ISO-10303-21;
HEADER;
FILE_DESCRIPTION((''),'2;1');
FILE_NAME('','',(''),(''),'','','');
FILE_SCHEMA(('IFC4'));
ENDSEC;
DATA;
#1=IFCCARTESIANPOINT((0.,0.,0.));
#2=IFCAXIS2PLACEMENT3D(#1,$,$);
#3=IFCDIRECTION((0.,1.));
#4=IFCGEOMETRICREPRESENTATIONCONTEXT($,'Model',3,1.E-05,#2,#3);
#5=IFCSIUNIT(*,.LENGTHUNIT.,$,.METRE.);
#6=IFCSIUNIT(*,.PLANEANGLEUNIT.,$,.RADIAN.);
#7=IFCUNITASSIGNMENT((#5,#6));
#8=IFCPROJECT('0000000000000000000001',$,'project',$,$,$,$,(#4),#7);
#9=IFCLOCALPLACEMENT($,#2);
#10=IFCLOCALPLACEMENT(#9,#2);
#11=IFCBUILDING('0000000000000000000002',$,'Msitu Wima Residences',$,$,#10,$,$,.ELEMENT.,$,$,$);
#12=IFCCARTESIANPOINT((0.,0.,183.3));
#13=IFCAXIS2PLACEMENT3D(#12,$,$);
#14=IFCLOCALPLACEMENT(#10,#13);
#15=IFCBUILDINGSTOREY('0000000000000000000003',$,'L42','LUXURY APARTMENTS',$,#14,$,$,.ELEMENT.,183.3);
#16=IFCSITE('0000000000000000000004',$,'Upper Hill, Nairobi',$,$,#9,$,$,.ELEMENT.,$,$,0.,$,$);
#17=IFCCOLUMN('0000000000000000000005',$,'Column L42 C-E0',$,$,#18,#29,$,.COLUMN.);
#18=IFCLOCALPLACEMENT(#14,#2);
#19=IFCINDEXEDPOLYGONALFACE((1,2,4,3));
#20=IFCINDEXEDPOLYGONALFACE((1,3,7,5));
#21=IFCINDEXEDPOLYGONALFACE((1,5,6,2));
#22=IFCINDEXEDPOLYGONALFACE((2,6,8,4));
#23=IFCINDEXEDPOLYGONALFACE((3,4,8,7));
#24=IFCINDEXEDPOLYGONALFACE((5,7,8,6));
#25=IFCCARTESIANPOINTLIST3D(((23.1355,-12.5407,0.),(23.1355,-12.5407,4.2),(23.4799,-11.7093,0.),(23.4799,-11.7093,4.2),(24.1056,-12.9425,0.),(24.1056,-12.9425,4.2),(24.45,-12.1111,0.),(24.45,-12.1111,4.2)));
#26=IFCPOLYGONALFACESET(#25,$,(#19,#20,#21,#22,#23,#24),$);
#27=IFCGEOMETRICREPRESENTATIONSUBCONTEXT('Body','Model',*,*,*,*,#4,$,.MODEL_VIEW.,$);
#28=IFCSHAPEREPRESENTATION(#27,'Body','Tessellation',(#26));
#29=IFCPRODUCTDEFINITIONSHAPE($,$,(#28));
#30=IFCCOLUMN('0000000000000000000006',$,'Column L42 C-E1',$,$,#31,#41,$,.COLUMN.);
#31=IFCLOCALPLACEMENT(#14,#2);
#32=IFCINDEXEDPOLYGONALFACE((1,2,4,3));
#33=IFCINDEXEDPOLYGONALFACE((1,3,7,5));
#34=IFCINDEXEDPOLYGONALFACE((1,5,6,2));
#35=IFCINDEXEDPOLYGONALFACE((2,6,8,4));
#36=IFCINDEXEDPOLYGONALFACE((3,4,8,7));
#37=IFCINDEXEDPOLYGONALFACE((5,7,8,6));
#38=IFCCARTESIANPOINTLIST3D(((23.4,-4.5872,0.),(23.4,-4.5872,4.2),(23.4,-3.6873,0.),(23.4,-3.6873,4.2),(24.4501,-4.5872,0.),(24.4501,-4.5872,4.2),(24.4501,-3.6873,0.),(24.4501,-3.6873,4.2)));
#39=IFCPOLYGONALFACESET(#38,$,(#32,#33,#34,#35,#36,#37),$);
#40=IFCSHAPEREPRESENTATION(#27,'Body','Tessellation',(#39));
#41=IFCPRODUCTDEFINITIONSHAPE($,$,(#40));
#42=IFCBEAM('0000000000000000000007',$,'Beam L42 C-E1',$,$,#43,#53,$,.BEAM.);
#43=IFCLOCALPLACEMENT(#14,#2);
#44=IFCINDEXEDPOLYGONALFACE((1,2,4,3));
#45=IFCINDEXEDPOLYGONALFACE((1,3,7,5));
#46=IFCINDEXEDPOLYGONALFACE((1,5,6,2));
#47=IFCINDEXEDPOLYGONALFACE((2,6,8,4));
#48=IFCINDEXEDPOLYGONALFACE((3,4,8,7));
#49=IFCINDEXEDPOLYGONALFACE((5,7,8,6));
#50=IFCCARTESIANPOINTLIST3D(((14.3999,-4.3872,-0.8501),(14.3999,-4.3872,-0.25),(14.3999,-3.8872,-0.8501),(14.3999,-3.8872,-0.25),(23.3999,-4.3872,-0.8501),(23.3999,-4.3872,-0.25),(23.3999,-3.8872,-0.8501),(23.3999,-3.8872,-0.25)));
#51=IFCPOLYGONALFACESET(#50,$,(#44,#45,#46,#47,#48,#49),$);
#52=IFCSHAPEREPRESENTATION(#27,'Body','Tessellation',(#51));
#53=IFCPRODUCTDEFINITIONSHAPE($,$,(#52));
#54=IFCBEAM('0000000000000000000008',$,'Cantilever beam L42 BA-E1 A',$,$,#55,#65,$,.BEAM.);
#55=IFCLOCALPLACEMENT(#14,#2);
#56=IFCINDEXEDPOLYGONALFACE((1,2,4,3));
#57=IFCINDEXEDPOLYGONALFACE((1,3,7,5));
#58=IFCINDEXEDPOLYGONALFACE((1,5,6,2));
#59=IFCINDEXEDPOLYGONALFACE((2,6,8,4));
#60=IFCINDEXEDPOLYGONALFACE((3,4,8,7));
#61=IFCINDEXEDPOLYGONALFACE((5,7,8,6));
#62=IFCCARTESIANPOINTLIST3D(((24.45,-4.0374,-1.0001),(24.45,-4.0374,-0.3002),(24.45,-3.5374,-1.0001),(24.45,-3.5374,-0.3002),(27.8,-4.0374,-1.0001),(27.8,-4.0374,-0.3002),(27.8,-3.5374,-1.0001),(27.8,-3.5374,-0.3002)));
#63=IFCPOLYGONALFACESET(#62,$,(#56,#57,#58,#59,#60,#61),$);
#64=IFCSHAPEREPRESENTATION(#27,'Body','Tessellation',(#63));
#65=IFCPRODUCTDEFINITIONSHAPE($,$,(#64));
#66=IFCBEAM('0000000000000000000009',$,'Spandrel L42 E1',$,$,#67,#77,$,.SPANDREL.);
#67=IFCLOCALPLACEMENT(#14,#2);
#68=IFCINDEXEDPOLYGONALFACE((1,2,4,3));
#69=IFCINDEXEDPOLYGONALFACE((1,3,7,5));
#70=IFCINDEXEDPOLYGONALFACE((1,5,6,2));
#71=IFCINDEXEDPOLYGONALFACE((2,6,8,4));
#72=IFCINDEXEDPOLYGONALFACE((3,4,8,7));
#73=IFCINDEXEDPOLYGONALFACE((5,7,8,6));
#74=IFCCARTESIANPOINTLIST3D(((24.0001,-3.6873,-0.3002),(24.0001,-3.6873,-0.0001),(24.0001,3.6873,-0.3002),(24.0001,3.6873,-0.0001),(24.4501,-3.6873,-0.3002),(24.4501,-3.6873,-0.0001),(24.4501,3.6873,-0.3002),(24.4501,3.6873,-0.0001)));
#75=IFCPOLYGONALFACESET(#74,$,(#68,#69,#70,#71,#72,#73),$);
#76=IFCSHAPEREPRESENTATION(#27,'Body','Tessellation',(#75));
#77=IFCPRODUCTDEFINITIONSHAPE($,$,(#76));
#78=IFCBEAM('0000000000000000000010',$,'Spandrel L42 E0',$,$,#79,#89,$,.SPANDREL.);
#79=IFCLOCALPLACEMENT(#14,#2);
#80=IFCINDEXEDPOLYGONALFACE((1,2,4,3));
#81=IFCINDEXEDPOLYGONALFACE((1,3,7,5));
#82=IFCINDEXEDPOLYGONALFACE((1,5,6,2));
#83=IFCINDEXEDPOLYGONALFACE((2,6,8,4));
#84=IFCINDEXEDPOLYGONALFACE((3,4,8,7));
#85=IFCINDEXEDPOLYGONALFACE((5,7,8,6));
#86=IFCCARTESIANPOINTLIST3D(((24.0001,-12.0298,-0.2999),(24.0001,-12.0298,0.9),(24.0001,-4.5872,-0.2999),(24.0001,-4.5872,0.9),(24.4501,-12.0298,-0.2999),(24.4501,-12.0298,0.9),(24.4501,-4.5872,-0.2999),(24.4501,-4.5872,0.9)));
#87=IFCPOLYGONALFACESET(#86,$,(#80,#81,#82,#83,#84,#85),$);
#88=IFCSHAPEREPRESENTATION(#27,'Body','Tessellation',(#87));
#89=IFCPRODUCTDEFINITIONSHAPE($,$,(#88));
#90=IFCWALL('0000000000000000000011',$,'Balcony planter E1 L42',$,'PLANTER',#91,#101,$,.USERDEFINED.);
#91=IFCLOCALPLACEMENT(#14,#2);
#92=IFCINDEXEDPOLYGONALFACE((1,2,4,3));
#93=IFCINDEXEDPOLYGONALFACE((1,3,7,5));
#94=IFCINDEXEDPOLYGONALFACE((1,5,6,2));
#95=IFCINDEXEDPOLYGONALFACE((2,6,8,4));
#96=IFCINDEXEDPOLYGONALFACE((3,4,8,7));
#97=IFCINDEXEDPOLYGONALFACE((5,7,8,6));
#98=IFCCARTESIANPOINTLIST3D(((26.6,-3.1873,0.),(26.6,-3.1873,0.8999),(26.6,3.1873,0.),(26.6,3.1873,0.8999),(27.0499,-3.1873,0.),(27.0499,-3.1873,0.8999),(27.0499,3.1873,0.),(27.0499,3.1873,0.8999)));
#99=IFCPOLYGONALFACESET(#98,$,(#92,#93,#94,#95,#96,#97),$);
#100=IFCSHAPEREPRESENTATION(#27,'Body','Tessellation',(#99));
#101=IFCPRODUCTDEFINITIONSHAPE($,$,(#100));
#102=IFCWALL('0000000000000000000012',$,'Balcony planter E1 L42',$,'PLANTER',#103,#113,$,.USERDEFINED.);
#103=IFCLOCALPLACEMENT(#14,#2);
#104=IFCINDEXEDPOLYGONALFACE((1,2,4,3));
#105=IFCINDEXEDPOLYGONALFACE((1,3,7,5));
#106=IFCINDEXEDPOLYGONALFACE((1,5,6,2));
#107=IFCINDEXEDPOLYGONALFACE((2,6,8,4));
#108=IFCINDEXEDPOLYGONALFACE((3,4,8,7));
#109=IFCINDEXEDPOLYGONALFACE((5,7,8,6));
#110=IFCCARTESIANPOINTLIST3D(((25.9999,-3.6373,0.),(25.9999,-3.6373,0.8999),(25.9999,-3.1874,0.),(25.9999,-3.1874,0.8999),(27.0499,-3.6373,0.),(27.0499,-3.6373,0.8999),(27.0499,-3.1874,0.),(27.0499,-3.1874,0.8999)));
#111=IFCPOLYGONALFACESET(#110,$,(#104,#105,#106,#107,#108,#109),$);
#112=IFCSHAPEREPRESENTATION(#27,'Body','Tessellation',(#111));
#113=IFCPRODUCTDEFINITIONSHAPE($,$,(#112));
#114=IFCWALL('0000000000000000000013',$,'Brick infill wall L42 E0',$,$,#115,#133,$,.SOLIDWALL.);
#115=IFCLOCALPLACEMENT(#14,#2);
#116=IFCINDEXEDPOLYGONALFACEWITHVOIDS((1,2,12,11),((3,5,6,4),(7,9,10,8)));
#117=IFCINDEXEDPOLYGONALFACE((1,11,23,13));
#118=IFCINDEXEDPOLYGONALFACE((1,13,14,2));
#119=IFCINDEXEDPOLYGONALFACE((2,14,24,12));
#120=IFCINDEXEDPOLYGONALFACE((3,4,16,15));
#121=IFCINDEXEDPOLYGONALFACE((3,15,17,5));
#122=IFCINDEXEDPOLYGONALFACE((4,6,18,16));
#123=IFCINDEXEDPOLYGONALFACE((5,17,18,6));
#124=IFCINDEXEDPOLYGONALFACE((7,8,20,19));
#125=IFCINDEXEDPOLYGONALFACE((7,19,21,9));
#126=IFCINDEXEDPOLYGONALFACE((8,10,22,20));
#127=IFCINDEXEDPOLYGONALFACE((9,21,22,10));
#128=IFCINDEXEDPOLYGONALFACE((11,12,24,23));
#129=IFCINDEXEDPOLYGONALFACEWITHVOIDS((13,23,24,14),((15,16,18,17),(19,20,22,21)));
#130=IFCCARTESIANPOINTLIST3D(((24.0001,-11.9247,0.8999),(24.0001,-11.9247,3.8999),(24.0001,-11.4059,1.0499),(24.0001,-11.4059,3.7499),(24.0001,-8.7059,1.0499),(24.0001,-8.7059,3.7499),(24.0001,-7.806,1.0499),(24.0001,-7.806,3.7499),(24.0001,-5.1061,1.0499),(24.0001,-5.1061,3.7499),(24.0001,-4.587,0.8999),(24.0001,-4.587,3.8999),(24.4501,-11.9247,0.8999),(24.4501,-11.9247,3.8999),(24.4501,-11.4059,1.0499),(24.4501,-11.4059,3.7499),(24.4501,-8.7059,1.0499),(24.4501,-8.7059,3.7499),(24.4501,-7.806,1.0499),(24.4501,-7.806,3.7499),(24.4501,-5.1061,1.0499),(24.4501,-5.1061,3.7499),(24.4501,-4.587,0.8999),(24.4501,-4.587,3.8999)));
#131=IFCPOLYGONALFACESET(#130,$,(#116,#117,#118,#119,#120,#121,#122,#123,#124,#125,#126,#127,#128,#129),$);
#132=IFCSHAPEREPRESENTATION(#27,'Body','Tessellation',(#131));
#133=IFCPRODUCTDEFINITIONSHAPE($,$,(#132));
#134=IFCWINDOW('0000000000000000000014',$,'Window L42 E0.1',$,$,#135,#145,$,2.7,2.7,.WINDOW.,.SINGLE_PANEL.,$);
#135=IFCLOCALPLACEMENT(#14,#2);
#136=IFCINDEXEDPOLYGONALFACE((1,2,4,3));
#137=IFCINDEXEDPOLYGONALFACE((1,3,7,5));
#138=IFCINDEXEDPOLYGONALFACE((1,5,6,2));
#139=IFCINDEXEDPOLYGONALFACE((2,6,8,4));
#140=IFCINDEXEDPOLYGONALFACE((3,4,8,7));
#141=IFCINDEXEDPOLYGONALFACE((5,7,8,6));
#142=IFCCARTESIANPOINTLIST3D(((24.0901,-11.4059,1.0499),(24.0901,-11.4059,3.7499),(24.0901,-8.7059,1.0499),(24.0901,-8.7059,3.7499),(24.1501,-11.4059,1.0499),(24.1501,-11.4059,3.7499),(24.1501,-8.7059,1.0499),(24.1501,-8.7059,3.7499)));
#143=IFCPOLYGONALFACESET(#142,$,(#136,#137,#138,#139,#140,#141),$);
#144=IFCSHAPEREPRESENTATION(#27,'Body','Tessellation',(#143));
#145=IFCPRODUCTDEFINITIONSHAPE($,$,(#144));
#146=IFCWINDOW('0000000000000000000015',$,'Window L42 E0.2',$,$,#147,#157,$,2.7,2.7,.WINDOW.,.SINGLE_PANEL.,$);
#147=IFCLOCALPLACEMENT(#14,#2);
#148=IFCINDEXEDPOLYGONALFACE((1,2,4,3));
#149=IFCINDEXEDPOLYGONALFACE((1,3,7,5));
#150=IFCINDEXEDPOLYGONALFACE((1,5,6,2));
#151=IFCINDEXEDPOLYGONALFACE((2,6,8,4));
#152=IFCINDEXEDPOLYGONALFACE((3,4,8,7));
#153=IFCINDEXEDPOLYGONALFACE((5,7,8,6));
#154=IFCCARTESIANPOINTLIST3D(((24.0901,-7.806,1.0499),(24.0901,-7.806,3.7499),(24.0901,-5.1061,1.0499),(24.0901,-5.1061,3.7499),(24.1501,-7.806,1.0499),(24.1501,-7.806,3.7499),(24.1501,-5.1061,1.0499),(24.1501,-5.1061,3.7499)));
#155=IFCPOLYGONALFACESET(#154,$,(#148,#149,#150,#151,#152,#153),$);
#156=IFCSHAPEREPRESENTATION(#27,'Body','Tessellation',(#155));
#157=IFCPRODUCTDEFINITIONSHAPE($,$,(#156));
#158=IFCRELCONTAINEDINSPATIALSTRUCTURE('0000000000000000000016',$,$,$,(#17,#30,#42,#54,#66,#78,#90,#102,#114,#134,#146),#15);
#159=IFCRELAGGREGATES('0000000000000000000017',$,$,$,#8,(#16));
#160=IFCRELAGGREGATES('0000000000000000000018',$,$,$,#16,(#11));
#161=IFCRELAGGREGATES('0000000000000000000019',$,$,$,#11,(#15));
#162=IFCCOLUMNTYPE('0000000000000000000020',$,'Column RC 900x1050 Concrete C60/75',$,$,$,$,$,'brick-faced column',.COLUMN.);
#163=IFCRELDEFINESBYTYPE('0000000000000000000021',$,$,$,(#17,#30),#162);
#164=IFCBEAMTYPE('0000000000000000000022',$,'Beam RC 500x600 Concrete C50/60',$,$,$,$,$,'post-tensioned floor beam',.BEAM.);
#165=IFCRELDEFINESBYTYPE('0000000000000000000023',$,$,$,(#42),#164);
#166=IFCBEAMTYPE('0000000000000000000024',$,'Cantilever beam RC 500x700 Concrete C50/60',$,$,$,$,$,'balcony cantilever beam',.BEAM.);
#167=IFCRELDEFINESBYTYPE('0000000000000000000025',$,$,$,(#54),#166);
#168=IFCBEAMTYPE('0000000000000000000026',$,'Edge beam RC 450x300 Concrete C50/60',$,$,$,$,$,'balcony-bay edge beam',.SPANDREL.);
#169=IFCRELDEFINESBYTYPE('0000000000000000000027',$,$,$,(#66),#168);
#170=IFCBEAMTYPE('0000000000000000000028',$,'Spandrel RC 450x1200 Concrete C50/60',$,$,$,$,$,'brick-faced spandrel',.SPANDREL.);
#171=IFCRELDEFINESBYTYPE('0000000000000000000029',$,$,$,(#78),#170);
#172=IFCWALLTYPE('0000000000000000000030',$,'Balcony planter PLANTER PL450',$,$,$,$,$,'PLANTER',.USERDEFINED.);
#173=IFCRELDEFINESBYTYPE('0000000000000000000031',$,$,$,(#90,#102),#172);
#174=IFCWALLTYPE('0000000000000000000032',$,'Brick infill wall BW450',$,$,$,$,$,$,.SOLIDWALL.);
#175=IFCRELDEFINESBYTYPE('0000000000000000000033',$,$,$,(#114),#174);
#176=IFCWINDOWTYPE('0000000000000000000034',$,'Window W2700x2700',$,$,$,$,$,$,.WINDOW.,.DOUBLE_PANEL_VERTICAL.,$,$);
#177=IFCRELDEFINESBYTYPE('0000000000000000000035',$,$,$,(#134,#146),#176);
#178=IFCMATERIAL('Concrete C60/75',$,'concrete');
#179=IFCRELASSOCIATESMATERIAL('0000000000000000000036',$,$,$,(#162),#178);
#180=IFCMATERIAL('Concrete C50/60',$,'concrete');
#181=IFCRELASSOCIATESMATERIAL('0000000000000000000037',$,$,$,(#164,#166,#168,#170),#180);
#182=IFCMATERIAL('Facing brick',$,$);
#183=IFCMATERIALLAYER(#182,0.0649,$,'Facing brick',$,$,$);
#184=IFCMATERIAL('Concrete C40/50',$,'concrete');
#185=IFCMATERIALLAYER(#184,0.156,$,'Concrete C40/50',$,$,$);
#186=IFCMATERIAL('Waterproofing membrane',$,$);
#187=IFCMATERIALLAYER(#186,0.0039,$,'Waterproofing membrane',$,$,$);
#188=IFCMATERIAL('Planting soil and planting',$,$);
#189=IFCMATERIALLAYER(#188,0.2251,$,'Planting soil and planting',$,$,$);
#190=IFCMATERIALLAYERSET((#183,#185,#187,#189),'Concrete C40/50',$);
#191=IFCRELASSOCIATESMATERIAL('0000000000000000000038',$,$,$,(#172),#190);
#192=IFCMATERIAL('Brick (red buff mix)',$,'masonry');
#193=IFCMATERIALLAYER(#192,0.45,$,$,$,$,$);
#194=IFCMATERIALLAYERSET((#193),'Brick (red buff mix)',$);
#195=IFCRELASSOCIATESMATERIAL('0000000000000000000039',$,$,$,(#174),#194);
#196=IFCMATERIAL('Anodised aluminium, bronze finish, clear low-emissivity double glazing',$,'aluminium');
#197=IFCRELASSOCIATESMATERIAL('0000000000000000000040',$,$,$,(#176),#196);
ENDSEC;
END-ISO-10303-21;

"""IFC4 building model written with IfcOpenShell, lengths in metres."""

from ifc_helpers import new_model, si_unit, direction, frame, frame_2d, origin, origin_2d, place, context, subcontext, project, spatial, rectangle, extrude, material, layer, layer_set, material_profile, profile_set, type_object, element, fill, save


model = new_model("IFC4")

# Units and contexts
model_context = context("Model", 3, precision=1e-05, world=origin(), true_north=direction((0.0, 1.0)))
body_context = subcontext(model_context, "Body", "Model", "MODEL_VIEW")
ifc_project = project(units=[si_unit("LENGTHUNIT", "METRE"), si_unit("PLANEANGLEUNIT", "RADIAN")], contexts=[model_context])

# Site, building, storey
site_placement = place(None, origin())
site = spatial("IfcSite", under=ifc_project, at=site_placement, Name="Upper Hill, Nairobi", CompositionType="ELEMENT", RefElevation=0.0)
building_placement = place(site_placement, origin())
building = spatial("IfcBuilding", under=site, at=building_placement, Name="Msitu Wima Residences", CompositionType="ELEMENT")
storey_placement = place(building_placement, frame((0.0, 0.0, 183.3)))
storey = spatial("IfcBuildingStorey", under=building, at=storey_placement, Name="L42", Description="LUXURY APARTMENTS", CompositionType="ELEMENT", Elevation=183.3)

# Columns
ifc_material_1 = material(Name="Concrete C60/75", Category="concrete")
ifc_material_profile_1 = material_profile(ifc_material_1, rectangle(XDim=0.8999, YDim=1.05, at=origin_2d()), Name="RC 900x1050")
ifc_profile_set_1 = profile_set([ifc_material_profile_1], Name="Concrete C60/75")
column_type = type_object("IfcColumnType", Name="Column RC 900x1050 Concrete C60/75", ElementType="brick-faced column", PredefinedType="COLUMN", material=ifc_profile_set_1)
for number, where, z_axis, x_axis, name in (
    (1, (23.7927, -12.3259, 0.0), (0.0, 0.0, 1.0), (0.382683, 0.92388, 0.0), "Column L42 C-E0"),
    (2, (23.925, -4.1372, 0.0), (0.0, 0.0, 1.0), (0.0, 1.0, 0.0), "Column L42 C-E1"),
):
    element("IfcColumn", number, at=place(storey_placement, frame(where, z_axis=z_axis, x_axis=x_axis)), inside=storey, type_object=column_type, Name=name, PredefinedType="COLUMN", context=body_context, shape_type="SweptSolid", body=[
        extrude(rectangle(XDim=0.8999, YDim=1.05, at=origin_2d()), origin(), (0.0, 0.0, 1.0), 4.2),
    ])

# Beams
ifc_material_2 = material(Name="Concrete C50/60", Category="concrete")
ifc_material_profile_2 = material_profile(ifc_material_2, rectangle(XDim=0.5, YDim=0.6001, at=origin_2d()), Name="RC 500x600")
ifc_profile_set_2 = profile_set([ifc_material_profile_2], Name="Concrete C50/60")
beam_type_1 = type_object("IfcBeamType", Name="Beam RC 500x600 Concrete C50/60", ElementType="post-tensioned floor beam", PredefinedType="BEAM", material=ifc_profile_set_2)
beam_1_placement = place(storey_placement, frame((23.3999, -4.1372, -0.55), z_axis=(-1.0, 0.0, 0.0), x_axis=(0.0, -1.0, 0.0)))
element("IfcBeam", 3, at=beam_1_placement, inside=storey, type_object=beam_type_1, Name="Beam L42 C-E1", PredefinedType="BEAM", context=body_context, shape_type="SweptSolid", body=[
    extrude(rectangle(XDim=0.5, YDim=0.6001, at=origin_2d()), origin(), (0.0, 0.0, 1.0), 9.0),
])
ifc_material_profile_3 = material_profile(ifc_material_2, rectangle(XDim=0.5, YDim=0.7, at=origin_2d()), Name="RC 500x700")
ifc_profile_set_3 = profile_set([ifc_material_profile_3], Name="Concrete C50/60")
beam_type_2 = type_object("IfcBeamType", Name="Cantilever beam RC 500x700 Concrete C50/60", ElementType="balcony cantilever beam", PredefinedType="BEAM", material=ifc_profile_set_3)
beam_2_placement = place(storey_placement, frame((24.45, -3.7874, -0.6501), z_axis=(1.0, 0.0, 0.0), x_axis=(0.0, 1.0, 0.0)))
element("IfcBeam", 4, at=beam_2_placement, inside=storey, type_object=beam_type_2, Name="Cantilever beam L42 BA-E1 A", PredefinedType="BEAM", context=body_context, shape_type="SweptSolid", body=[
    extrude(rectangle(XDim=0.5, YDim=0.7, at=origin_2d()), origin(), (0.0, 0.0, 1.0), 3.3501),
])
ifc_material_profile_4 = material_profile(ifc_material_2, rectangle(XDim=0.45, YDim=0.3, at=origin_2d()), Name="RC 450x300")
ifc_profile_set_4 = profile_set([ifc_material_profile_4], Name="Concrete C50/60")
beam_type_3 = type_object("IfcBeamType", Name="Edge beam RC 450x300 Concrete C50/60", ElementType="balcony-bay edge beam", PredefinedType="SPANDREL", material=ifc_profile_set_4)
beam_3_placement = place(storey_placement, frame((24.2251, -3.6873, -0.1501), z_axis=(0.0, 1.0, 0.0), x_axis=(-1.0, 0.0, 0.0)))
element("IfcBeam", 5, at=beam_3_placement, inside=storey, type_object=beam_type_3, Name="Spandrel L42 E1", PredefinedType="SPANDREL", context=body_context, shape_type="SweptSolid", body=[
    extrude(rectangle(XDim=0.45, YDim=0.3, at=origin_2d()), origin(), (0.0, 0.0, 1.0), 7.3745),
])
ifc_material_profile_5 = material_profile(ifc_material_2, rectangle(XDim=0.45, YDim=1.2, at=origin_2d()), Name="RC 450x1200")
ifc_profile_set_5 = profile_set([ifc_material_profile_5], Name="Concrete C50/60")
beam_type_4 = type_object("IfcBeamType", Name="Spandrel RC 450x1200 Concrete C50/60", ElementType="brick-faced spandrel", PredefinedType="SPANDREL", material=ifc_profile_set_5)
beam_4_placement = place(storey_placement, frame((24.2251, -12.0298, 0.3), z_axis=(0.0, 1.0, 0.0), x_axis=(-1.0, 0.0, 0.0)))
element("IfcBeam", 6, at=beam_4_placement, inside=storey, type_object=beam_type_4, Name="Spandrel L42 E0", PredefinedType="SPANDREL", context=body_context, shape_type="SweptSolid", body=[
    extrude(rectangle(XDim=0.45, YDim=1.2, at=origin_2d()), origin(), (0.0, 0.0, 1.0), 7.4426),
])

# Walls
ifc_material_3 = material(Name="Facing brick")
ifc_layer_1 = layer(ifc_material_3, 0.0649, Name="Facing brick")
ifc_material_4 = material(Name="Concrete C40/50", Category="concrete")
ifc_layer_2 = layer(ifc_material_4, 0.156, Name="Concrete C40/50")
ifc_material_5 = material(Name="Waterproofing membrane")
ifc_layer_3 = layer(ifc_material_5, 0.0039, Name="Waterproofing membrane")
ifc_material_6 = material(Name="Planting soil and planting")
ifc_layer_4 = layer(ifc_material_6, 0.2251, Name="Planting soil and planting")
ifc_layer_set_1 = layer_set([ifc_layer_1, ifc_layer_2, ifc_layer_3, ifc_layer_4], Name="Concrete C40/50")
wall_type_1 = type_object("IfcWallType", Name="Balcony planter PLANTER PL450", ElementType="PLANTER", PredefinedType="USERDEFINED", material=ifc_layer_set_1)
wall_1_placement = place(storey_placement, frame((26.825, -3.1873, 0.0), z_axis=(0.0, 0.0, 1.0), x_axis=(0.0, 1.0, 0.0)))
element("IfcWall", 7, at=wall_1_placement, inside=storey, type_object=wall_type_1, Name="Balcony planter E1 L42", ObjectType="PLANTER", PredefinedType="USERDEFINED", context=body_context, shape_type="SweptSolid", body=[
    extrude(rectangle(XDim=6.3745, YDim=0.45, at=frame_2d((3.1873, 0.0))), origin(), (0.0, 0.0, 1.0), 0.8999),
])
wall_2_placement = place(storey_placement, frame((26.0, -3.4124, 0.0), z_axis=(0.0, 0.0, 1.0), x_axis=(1.0, 0.0, 0.0)))
element("IfcWall", 8, at=wall_2_placement, inside=storey, type_object=wall_type_1, Name="Balcony planter E1 L42", ObjectType="PLANTER", PredefinedType="USERDEFINED", context=body_context, shape_type="SweptSolid", body=[
    extrude(rectangle(XDim=1.05, YDim=0.45, at=frame_2d((0.5249, 0.0))), origin(), (0.0, 0.0, 1.0), 0.8999),
])

# Wall, openings, windows
ifc_material_7 = material(Name="Brick (red buff mix)", Category="masonry")
ifc_layer_5 = layer(ifc_material_7, 0.45)
ifc_layer_set_2 = layer_set([ifc_layer_5], Name="Brick (red buff mix)")
wall_type_2 = type_object("IfcWallType", Name="Brick infill wall BW450", PredefinedType="SOLIDWALL", material=ifc_layer_set_2)
wall_3_placement = place(storey_placement, frame((24.2251, -11.9248, 0.8999), z_axis=(0.0, 0.0, 1.0), x_axis=(0.0, 1.0, 0.0)))
wall_3 = element("IfcWall", 9, at=wall_3_placement, inside=storey, type_object=wall_type_2, Name="Brick infill wall L42 E0", PredefinedType="SOLIDWALL", context=body_context, shape_type="SweptSolid", body=[
    extrude(rectangle(XDim=7.3376, YDim=0.45, at=frame_2d((3.6689, 0.0))), origin(), (0.0, 0.0, 1.0), 3.0),
])
opening_1_placement = place(wall_3_placement, frame((0.5188, 0.0, 0.1499)))
opening_1 = element("IfcOpeningElement", 10, at=opening_1_placement, cuts=wall_3, PredefinedType="OPENING", context=body_context, shape_type="SweptSolid", body=[
    extrude(rectangle(XDim=2.7, YDim=2.7, at=frame_2d((1.3501, 1.3501))), frame((0.0, 0.2349, 0.0), z_axis=(0.0, -1.0, 0.0), x_axis=(1.0, 0.0, 0.0)), (0.0, 0.0, 1.0), 0.47),
])
opening_2_placement = place(wall_3_placement, frame((4.1187, 0.0, 0.1499)))
opening_2 = element("IfcOpeningElement", 11, at=opening_2_placement, cuts=wall_3, PredefinedType="OPENING", context=body_context, shape_type="SweptSolid", body=[
    extrude(rectangle(XDim=2.7, YDim=2.7, at=frame_2d((1.3501, 1.3501))), frame((0.0, 0.2349, 0.0), z_axis=(0.0, -1.0, 0.0), x_axis=(1.0, 0.0, 0.0)), (0.0, 0.0, 1.0), 0.47),
])
ifc_material_8 = material(Name="Anodised aluminium, bronze finish, clear low-emissivity double glazing", Category="aluminium")
window_type = type_object("IfcWindowType", Name="Window W2700x2700", PartitioningType="DOUBLE_PANEL_VERTICAL", PredefinedType="WINDOW", material=ifc_material_8)
window_1_placement = place(opening_1_placement, origin())
window_1 = element("IfcWindow", 12, at=window_1_placement, inside=storey, type_object=window_type, Name="Window L42 E0.1", OverallHeight=2.7, OverallWidth=2.7, PartitioningType="SINGLE_PANEL", PredefinedType="WINDOW", context=body_context, shape_type="SweptSolid", body=[
    extrude(rectangle(XDim=2.7, YDim=2.7, at=frame_2d((1.3501, 1.3501))), frame((0.0, 0.135, 0.0), z_axis=(0.0, -1.0, 0.0), x_axis=(1.0, 0.0, 0.0)), (0.0, 0.0, 1.0), 0.0601),
])
fill(opening_1, window_1)
window_2_placement = place(opening_2_placement, origin())
window_2 = element("IfcWindow", 13, at=window_2_placement, inside=storey, type_object=window_type, Name="Window L42 E0.2", OverallHeight=2.7, OverallWidth=2.7, PartitioningType="SINGLE_PANEL", PredefinedType="WINDOW", context=body_context, shape_type="SweptSolid", body=[
    extrude(rectangle(XDim=2.7, YDim=2.7, at=frame_2d((1.3501, 1.3501))), frame((0.0, 0.135, 0.0), z_axis=(0.0, -1.0, 0.0), x_axis=(1.0, 0.0, 0.0)), (0.0, 0.0, 1.0), 0.0601),
])
fill(opening_2, window_2)

save(model, "model.ifc")
